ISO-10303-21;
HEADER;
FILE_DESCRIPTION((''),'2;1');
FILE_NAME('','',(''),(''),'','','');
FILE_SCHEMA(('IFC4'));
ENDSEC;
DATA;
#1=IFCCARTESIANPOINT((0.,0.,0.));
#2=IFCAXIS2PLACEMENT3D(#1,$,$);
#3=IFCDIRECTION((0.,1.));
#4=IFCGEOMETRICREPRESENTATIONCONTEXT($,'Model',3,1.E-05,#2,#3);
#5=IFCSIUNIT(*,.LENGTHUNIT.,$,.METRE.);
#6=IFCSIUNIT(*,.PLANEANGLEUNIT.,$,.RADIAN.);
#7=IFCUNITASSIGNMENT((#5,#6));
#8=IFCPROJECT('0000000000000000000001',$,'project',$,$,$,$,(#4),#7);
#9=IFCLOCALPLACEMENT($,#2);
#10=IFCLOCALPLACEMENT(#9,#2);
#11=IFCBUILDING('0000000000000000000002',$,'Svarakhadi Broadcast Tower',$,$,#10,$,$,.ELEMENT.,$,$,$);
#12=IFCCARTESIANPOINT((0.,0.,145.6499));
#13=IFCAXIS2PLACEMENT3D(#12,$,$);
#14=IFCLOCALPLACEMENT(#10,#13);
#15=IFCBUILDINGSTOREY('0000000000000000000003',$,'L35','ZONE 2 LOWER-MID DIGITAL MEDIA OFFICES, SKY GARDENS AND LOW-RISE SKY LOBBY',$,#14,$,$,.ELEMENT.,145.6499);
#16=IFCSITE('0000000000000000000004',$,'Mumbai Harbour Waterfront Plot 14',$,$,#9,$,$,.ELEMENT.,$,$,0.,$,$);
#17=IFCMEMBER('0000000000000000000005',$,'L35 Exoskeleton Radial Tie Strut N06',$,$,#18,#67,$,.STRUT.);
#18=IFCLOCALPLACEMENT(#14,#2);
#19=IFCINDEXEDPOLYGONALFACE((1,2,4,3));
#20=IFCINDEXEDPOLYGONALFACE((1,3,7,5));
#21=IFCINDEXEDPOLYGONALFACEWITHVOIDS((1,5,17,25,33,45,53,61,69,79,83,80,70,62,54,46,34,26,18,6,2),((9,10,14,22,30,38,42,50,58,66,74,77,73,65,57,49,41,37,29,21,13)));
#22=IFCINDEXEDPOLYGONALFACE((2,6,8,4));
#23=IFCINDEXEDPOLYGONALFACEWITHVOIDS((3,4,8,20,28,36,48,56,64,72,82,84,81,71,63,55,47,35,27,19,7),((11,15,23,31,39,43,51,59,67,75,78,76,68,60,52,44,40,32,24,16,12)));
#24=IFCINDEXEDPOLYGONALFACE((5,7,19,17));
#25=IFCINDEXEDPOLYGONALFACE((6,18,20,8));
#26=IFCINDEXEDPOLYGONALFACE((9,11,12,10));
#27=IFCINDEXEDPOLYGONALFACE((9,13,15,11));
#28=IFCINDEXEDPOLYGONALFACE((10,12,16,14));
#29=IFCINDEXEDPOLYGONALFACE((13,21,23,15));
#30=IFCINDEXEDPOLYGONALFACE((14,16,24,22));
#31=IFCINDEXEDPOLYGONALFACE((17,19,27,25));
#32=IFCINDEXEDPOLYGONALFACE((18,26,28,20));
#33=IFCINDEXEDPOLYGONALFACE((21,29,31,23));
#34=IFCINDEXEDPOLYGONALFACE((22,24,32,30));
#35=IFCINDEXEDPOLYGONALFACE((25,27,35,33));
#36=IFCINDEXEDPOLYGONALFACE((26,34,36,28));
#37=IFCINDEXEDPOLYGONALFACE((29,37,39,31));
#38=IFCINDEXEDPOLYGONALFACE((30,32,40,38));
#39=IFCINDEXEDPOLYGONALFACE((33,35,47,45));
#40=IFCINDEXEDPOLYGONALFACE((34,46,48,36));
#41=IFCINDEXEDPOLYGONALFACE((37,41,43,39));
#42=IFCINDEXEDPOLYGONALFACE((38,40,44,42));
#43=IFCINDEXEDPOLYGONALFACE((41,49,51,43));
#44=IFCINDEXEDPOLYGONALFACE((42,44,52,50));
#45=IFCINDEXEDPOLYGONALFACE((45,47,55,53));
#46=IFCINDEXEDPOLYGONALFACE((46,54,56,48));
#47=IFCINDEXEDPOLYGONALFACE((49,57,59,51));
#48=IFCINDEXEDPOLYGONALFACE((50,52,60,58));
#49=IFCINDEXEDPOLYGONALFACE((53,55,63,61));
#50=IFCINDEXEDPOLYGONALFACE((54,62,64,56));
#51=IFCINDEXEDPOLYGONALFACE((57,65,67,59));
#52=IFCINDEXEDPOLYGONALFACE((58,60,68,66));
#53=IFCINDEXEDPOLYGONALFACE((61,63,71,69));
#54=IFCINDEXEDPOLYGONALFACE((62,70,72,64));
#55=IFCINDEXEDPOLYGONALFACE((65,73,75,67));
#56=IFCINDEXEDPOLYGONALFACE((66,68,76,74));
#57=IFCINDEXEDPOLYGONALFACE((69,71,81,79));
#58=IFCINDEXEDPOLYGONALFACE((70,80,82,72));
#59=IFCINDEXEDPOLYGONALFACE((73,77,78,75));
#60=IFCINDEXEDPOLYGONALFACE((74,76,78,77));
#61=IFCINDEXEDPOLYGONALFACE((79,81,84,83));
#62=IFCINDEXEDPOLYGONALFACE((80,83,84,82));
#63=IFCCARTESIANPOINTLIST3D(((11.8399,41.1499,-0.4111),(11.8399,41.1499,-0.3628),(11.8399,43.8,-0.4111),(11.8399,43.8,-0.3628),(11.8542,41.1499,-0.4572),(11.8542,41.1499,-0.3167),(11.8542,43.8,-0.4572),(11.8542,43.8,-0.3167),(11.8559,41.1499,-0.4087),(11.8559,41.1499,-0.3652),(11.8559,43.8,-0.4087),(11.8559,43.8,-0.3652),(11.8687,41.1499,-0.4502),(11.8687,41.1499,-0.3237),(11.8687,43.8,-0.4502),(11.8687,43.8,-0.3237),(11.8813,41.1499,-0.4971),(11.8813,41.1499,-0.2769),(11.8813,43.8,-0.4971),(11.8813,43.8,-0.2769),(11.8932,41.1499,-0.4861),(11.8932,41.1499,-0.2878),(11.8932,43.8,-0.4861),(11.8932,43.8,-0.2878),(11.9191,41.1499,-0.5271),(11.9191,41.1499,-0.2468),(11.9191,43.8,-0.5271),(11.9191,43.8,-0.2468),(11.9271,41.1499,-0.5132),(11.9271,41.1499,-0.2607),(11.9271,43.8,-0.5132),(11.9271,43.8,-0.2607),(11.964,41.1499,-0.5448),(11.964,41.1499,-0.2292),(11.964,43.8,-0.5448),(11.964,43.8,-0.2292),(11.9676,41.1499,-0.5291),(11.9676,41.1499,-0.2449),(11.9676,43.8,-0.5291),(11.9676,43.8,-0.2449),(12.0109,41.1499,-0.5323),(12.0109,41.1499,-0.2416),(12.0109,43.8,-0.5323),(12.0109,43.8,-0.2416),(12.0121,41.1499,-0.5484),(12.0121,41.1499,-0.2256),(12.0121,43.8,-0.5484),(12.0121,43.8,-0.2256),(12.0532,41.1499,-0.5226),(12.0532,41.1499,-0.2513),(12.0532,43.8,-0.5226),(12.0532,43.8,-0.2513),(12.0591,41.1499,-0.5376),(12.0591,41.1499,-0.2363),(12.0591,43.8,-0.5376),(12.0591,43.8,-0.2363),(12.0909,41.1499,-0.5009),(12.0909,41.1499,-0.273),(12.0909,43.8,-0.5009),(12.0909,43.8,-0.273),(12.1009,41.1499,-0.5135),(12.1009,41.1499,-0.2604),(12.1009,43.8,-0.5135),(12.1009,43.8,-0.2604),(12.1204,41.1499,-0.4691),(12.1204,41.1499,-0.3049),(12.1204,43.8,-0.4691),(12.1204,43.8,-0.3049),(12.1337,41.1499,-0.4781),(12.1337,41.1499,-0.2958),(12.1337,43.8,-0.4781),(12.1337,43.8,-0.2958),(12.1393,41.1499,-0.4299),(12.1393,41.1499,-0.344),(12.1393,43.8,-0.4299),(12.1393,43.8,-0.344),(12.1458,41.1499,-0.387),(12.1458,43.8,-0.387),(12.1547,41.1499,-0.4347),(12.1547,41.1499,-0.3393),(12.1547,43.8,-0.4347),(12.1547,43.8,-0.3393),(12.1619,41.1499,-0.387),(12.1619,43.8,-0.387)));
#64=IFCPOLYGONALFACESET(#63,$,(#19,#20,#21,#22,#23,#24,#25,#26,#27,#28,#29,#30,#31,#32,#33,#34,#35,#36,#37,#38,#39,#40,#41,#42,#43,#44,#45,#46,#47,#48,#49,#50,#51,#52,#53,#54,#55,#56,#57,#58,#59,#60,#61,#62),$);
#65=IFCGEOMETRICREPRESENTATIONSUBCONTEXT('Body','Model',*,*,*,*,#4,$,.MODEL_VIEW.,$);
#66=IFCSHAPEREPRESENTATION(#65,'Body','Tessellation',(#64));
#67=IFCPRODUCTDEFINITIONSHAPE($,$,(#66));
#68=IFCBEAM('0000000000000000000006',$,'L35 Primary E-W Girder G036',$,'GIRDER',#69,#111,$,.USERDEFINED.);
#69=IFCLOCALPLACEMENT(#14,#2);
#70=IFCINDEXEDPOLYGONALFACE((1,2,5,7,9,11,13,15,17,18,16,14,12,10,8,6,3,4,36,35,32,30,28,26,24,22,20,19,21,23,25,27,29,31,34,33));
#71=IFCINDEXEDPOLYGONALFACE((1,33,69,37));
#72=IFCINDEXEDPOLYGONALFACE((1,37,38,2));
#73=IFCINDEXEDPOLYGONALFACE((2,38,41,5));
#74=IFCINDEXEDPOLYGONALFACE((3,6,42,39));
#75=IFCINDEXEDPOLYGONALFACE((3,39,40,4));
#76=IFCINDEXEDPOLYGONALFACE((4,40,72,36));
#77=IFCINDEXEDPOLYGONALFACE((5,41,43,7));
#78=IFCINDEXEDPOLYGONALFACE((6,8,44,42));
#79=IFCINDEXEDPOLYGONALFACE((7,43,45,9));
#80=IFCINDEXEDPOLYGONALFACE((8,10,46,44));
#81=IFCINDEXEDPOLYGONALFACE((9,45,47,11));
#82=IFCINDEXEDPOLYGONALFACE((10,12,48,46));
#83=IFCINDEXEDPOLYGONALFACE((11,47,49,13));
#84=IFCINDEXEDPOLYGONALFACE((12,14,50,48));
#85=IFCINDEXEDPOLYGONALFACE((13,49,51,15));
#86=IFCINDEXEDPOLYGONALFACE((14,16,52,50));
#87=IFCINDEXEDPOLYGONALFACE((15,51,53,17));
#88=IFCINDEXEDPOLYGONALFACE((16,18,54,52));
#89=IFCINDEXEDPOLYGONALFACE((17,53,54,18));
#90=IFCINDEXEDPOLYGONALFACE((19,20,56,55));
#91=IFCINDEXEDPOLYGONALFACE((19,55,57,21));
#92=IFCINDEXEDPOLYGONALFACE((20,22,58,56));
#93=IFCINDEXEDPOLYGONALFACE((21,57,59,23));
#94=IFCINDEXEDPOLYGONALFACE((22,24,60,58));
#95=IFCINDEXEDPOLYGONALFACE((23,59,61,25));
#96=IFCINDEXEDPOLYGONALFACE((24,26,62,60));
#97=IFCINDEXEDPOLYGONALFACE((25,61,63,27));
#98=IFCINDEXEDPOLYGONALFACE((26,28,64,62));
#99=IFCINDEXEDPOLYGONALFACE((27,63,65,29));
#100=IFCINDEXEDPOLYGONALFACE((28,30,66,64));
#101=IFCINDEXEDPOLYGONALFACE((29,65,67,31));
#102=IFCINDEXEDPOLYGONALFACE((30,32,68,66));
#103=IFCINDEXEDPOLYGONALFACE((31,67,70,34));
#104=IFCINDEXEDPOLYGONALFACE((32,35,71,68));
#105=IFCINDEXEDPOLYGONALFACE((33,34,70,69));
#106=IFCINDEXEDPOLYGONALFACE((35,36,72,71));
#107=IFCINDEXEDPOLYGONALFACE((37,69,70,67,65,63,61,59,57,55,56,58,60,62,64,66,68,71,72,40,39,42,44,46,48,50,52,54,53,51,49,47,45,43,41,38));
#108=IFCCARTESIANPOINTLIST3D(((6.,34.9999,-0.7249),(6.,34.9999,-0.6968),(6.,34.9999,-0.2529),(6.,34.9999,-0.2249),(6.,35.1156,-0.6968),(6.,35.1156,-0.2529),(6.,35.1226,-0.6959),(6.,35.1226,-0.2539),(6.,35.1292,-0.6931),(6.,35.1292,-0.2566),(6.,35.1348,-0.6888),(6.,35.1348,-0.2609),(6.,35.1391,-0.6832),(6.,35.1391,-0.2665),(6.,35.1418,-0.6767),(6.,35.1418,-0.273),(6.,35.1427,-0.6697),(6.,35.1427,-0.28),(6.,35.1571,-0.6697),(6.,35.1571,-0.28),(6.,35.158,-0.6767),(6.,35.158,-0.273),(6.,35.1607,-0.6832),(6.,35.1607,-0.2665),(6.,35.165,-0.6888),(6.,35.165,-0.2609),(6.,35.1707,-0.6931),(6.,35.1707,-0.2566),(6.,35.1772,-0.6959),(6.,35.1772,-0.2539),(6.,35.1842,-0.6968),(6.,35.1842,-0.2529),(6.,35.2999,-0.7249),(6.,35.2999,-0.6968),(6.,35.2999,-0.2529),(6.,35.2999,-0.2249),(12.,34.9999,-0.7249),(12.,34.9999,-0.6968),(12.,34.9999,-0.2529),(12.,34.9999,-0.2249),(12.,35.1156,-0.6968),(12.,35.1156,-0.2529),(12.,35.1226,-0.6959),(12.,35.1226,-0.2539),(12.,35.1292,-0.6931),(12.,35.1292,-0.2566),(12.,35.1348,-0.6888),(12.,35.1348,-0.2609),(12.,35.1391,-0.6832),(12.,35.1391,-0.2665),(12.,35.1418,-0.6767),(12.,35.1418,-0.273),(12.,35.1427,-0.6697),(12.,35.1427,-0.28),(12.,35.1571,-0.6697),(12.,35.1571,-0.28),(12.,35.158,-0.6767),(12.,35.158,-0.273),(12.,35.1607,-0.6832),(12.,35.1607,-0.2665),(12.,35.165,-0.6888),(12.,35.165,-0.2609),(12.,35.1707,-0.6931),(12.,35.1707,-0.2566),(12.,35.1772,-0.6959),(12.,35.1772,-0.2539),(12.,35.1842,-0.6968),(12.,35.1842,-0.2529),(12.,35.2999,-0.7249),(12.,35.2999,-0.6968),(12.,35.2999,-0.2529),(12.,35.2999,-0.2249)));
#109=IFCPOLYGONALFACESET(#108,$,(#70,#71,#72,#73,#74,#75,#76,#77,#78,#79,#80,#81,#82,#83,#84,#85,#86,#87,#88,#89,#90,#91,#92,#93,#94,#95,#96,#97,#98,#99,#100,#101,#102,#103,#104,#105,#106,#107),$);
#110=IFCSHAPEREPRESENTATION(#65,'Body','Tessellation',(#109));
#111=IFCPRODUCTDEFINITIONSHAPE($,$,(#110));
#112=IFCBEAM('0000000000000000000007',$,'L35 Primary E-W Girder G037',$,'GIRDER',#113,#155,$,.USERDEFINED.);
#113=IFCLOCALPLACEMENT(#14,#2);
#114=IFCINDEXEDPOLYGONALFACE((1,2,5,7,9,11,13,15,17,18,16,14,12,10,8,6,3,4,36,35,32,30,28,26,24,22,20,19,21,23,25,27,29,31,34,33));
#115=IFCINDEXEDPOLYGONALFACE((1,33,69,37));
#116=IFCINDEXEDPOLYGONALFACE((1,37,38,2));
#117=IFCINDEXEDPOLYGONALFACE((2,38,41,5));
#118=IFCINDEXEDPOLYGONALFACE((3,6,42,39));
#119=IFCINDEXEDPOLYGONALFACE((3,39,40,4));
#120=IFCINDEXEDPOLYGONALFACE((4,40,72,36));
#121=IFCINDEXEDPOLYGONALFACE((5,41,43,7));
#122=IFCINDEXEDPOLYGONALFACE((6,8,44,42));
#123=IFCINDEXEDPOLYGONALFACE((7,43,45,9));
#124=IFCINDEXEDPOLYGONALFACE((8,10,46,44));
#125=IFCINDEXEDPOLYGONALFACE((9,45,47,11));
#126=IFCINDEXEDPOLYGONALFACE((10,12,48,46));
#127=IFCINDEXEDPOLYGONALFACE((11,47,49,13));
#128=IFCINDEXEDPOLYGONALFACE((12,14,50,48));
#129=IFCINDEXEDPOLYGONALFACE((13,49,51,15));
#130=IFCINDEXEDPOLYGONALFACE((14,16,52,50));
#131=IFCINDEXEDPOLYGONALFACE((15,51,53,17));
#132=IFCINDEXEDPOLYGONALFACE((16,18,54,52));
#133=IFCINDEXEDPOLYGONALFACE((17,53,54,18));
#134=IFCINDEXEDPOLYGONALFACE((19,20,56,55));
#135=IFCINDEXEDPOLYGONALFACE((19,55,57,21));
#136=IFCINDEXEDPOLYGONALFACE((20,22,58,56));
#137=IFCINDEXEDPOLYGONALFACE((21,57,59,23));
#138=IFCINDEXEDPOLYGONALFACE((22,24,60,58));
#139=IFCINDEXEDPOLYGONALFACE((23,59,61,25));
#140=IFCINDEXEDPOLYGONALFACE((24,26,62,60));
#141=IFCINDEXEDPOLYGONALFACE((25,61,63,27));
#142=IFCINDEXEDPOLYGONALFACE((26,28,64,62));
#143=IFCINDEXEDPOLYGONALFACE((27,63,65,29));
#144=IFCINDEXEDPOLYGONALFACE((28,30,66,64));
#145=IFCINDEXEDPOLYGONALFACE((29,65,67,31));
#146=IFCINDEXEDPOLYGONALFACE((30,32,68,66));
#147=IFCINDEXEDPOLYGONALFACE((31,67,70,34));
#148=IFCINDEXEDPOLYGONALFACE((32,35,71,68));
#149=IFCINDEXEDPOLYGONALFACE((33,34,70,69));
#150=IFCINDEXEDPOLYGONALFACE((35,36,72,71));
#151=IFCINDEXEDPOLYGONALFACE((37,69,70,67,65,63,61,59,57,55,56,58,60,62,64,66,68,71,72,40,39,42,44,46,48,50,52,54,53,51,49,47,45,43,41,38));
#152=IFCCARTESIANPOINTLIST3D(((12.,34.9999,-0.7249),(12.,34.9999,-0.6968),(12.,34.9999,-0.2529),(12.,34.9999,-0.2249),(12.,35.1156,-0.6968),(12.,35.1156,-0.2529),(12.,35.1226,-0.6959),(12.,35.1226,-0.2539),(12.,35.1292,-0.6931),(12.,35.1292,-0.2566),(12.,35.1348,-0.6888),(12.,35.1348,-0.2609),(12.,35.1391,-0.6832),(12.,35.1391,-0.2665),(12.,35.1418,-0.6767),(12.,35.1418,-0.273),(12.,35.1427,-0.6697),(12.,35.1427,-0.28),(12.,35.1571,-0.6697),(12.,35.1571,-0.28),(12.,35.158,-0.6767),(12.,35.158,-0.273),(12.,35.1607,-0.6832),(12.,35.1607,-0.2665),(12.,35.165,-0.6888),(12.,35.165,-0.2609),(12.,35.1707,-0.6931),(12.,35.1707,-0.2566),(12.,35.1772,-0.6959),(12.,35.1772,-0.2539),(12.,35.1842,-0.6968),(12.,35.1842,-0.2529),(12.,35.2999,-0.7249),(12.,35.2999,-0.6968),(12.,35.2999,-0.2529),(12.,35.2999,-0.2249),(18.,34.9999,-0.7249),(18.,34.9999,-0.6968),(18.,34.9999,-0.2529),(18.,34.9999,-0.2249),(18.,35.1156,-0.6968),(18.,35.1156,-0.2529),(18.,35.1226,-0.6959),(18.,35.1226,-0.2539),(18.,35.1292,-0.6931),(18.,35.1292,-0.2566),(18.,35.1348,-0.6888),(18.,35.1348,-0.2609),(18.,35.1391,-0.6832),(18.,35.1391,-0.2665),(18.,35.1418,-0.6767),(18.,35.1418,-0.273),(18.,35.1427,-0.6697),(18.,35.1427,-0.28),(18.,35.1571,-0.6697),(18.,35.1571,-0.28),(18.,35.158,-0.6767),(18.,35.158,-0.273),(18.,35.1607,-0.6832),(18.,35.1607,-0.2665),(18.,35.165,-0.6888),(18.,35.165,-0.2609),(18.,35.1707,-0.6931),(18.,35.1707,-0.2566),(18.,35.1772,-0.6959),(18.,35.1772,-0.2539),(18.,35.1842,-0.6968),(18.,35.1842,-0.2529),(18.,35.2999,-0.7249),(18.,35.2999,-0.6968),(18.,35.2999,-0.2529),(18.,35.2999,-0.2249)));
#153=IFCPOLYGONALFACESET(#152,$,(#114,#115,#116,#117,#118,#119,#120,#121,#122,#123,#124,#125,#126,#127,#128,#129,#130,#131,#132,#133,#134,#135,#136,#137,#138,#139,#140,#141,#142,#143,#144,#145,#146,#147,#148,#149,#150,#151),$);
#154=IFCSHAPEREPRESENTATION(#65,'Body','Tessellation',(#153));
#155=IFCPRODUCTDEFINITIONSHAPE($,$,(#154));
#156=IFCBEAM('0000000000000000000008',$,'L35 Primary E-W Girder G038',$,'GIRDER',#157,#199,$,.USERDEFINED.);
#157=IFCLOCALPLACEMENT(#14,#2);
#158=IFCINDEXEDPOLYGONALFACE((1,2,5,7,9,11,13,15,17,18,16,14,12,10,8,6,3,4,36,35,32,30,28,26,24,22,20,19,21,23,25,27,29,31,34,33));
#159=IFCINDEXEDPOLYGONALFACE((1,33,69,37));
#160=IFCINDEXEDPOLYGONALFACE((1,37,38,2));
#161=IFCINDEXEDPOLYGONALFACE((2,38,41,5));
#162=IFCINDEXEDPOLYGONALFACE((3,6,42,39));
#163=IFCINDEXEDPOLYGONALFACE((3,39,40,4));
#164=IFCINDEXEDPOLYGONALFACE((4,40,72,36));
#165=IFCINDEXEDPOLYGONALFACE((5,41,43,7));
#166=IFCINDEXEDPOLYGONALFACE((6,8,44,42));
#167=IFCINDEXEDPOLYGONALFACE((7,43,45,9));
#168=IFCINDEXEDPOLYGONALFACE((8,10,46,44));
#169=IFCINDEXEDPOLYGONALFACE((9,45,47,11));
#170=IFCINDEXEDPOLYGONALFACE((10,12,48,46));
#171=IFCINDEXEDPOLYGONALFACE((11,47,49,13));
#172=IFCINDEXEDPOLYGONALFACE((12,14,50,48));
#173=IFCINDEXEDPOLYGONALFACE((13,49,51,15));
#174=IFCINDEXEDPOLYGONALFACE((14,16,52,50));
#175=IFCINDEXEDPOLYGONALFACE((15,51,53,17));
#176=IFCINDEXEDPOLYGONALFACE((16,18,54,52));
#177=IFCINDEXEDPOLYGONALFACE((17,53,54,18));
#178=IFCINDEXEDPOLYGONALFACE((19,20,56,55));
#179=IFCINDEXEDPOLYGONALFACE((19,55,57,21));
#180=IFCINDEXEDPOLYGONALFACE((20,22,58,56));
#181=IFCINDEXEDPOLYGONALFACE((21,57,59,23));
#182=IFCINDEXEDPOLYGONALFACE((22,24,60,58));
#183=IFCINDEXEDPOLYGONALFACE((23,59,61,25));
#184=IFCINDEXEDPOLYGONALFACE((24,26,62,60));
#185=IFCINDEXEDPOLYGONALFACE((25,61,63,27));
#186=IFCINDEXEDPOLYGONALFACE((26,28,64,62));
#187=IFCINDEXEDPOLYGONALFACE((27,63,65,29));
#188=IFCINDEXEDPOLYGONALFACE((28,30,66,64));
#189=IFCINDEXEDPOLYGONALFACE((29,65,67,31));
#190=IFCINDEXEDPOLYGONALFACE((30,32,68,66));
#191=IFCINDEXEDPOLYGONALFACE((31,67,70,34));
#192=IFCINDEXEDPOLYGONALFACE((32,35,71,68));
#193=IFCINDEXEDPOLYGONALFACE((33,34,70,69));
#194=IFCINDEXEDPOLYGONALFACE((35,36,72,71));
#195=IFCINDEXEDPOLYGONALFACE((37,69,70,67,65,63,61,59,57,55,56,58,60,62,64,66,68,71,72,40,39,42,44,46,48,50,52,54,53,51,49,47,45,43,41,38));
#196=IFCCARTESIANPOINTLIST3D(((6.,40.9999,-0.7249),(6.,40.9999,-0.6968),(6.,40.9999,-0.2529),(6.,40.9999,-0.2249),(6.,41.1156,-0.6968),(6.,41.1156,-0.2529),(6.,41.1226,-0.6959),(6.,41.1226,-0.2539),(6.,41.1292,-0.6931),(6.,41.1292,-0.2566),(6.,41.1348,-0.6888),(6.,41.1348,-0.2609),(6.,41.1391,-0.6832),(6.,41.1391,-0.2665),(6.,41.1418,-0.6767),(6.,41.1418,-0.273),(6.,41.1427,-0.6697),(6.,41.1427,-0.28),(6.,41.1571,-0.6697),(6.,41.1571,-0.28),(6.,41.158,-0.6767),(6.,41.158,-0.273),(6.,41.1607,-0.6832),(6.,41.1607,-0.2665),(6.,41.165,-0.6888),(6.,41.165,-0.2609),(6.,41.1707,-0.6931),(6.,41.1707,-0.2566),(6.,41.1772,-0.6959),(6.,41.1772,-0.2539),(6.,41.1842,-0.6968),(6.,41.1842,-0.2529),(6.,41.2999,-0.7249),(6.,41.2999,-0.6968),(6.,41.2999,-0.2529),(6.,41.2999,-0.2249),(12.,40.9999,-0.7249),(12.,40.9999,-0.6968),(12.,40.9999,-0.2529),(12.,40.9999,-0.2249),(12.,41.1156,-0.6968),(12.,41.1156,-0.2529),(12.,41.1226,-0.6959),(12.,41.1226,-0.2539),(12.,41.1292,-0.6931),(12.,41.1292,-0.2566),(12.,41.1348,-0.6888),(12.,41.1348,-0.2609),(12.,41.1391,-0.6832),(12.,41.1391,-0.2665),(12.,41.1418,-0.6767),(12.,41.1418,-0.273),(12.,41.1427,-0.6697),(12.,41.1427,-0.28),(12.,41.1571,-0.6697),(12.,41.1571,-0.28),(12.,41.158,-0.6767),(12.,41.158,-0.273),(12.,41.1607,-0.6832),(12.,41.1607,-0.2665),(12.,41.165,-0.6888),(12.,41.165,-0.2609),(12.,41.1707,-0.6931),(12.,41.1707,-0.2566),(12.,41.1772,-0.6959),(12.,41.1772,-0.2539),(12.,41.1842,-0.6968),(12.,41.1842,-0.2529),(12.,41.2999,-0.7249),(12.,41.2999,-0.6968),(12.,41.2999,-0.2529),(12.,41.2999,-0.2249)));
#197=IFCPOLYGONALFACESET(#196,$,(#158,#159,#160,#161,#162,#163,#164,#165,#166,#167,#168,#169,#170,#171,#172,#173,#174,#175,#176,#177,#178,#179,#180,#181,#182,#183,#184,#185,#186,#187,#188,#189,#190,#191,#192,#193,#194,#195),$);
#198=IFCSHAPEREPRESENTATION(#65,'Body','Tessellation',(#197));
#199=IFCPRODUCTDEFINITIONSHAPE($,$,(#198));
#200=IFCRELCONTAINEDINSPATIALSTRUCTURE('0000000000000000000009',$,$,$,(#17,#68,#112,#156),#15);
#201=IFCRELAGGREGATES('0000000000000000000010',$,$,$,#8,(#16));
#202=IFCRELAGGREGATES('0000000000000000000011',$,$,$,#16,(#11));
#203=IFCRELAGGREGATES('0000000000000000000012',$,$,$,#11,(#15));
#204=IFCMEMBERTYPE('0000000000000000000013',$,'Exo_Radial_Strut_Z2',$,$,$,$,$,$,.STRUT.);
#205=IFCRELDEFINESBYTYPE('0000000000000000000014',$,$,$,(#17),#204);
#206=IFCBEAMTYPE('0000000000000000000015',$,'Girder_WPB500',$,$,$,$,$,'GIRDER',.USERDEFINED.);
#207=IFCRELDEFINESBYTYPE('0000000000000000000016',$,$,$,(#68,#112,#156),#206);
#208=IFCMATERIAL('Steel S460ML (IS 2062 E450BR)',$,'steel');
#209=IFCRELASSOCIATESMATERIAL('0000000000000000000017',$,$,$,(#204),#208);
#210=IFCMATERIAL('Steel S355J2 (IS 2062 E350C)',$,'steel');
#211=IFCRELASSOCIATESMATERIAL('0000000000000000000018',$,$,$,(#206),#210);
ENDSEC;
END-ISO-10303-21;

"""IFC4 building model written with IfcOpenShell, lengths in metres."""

from ifc_helpers import new_model, si_unit, direction, frame, origin, origin_2d, place, context, subcontext, project, spatial, hollow_circle, i_section, extrude, material, material_profile, profile_set, type_object, element, save


model = new_model("IFC4")

# Units and contexts
model_context = context("Model", 3, precision=1e-05, world=origin(), true_north=direction((0.0, 1.0)))
body_context = subcontext(model_context, "Body", "Model", "MODEL_VIEW")
ifc_project = project(units=[si_unit("LENGTHUNIT", "METRE"), si_unit("PLANEANGLEUNIT", "RADIAN")], contexts=[model_context])

# Site, building, storey
site_placement = place(None, origin())
site = spatial("IfcSite", under=ifc_project, at=site_placement, Name="Mumbai Harbour Waterfront Plot 14", CompositionType="ELEMENT", RefElevation=0.0)
building_placement = place(site_placement, origin())
building = spatial("IfcBuilding", under=site, at=building_placement, Name="Svarakhadi Broadcast Tower", CompositionType="ELEMENT")
storey_placement = place(building_placement, frame((0.0, 0.0, 145.6499)))
storey = spatial("IfcBuildingStorey", under=building, at=storey_placement, Name="L35", Description="ZONE 2 LOWER-MID DIGITAL MEDIA OFFICES, SKY GARDENS AND LOW-RISE SKY LOBBY", CompositionType="ELEMENT", Elevation=145.6499)

# Shared definitions
ifc_material_1 = material(Name="Steel S460ML (IS 2062 E450BR)", Category="steel")

# Shared definitions
ifc_material_2 = material(Name="Steel S355J2 (IS 2062 E350C)", Category="steel")

# Member
ifc_material_profile_1 = material_profile(ifc_material_1, hollow_circle(Radius=0.1619, WallThickness=0.0161, at=origin_2d()), Name="CHS 323.9x16")
ifc_profile_set_1 = profile_set([ifc_material_profile_1], Name="Steel S460ML (IS 2062 E450BR)")
member_type_1 = type_object("IfcMemberType", Name="Exo_Radial_Strut_Z2", PredefinedType="STRUT", material=ifc_profile_set_1)
member_1_placement = place(storey_placement, frame((12.0, 43.8, -0.387), z_axis=(0.0, -1.0, 0.0), x_axis=(1.0, 0.0, 0.0)))
element("IfcMember", 1, at=member_1_placement, inside=storey, type_object=member_type_1, Name="L35 Exoskeleton Radial Tie Strut N06", PredefinedType="STRUT", context=body_context, shape_type="SweptSolid", body=[
    extrude(hollow_circle(Radius=0.1619, WallThickness=0.0161, at=origin_2d()), origin(), (0.0, 0.0, 1.0), 2.6501),
])

# Beams
ifc_material_profile_2 = material_profile(ifc_material_2, i_section(OverallWidth=0.3, OverallDepth=0.5, WebThickness=0.0144, FlangeThickness=0.0281, FilletRadius=0.0271, at=origin_2d()), Name="WPB 500x300x187")
ifc_profile_set_2 = profile_set([ifc_material_profile_2], Name="Steel S355J2 (IS 2062 E350C)")
beam_type_1 = type_object("IfcBeamType", Name="Girder_WPB500", ElementType="GIRDER", PredefinedType="USERDEFINED", material=ifc_profile_set_2)
for number, where, z_axis, x_axis, name in (
    (2, (6.0, 35.1499, -0.4749), (1.0, 0.0, 0.0), (0.0, 1.0, 0.0), "L35 Primary E-W Girder G036"),
    (3, (12.0, 35.1499, -0.4749), (1.0, 0.0, 0.0), (0.0, 1.0, 0.0), "L35 Primary E-W Girder G037"),
    (4, (6.0, 41.1499, -0.4749), (1.0, 0.0, 0.0), (0.0, 1.0, 0.0), "L35 Primary E-W Girder G038"),
):
    element("IfcBeam", number, at=place(storey_placement, frame(where, z_axis=z_axis, x_axis=x_axis)), inside=storey, type_object=beam_type_1, Name=name, ObjectType="GIRDER", PredefinedType="USERDEFINED", context=body_context, shape_type="SweptSolid", body=[
        extrude(i_section(OverallWidth=0.3, OverallDepth=0.5, WebThickness=0.0144, FlangeThickness=0.0281, FilletRadius=0.0271, at=origin_2d()), origin(), (0.0, 0.0, 1.0), 6.0),
    ])

save(model, "model.ifc")
